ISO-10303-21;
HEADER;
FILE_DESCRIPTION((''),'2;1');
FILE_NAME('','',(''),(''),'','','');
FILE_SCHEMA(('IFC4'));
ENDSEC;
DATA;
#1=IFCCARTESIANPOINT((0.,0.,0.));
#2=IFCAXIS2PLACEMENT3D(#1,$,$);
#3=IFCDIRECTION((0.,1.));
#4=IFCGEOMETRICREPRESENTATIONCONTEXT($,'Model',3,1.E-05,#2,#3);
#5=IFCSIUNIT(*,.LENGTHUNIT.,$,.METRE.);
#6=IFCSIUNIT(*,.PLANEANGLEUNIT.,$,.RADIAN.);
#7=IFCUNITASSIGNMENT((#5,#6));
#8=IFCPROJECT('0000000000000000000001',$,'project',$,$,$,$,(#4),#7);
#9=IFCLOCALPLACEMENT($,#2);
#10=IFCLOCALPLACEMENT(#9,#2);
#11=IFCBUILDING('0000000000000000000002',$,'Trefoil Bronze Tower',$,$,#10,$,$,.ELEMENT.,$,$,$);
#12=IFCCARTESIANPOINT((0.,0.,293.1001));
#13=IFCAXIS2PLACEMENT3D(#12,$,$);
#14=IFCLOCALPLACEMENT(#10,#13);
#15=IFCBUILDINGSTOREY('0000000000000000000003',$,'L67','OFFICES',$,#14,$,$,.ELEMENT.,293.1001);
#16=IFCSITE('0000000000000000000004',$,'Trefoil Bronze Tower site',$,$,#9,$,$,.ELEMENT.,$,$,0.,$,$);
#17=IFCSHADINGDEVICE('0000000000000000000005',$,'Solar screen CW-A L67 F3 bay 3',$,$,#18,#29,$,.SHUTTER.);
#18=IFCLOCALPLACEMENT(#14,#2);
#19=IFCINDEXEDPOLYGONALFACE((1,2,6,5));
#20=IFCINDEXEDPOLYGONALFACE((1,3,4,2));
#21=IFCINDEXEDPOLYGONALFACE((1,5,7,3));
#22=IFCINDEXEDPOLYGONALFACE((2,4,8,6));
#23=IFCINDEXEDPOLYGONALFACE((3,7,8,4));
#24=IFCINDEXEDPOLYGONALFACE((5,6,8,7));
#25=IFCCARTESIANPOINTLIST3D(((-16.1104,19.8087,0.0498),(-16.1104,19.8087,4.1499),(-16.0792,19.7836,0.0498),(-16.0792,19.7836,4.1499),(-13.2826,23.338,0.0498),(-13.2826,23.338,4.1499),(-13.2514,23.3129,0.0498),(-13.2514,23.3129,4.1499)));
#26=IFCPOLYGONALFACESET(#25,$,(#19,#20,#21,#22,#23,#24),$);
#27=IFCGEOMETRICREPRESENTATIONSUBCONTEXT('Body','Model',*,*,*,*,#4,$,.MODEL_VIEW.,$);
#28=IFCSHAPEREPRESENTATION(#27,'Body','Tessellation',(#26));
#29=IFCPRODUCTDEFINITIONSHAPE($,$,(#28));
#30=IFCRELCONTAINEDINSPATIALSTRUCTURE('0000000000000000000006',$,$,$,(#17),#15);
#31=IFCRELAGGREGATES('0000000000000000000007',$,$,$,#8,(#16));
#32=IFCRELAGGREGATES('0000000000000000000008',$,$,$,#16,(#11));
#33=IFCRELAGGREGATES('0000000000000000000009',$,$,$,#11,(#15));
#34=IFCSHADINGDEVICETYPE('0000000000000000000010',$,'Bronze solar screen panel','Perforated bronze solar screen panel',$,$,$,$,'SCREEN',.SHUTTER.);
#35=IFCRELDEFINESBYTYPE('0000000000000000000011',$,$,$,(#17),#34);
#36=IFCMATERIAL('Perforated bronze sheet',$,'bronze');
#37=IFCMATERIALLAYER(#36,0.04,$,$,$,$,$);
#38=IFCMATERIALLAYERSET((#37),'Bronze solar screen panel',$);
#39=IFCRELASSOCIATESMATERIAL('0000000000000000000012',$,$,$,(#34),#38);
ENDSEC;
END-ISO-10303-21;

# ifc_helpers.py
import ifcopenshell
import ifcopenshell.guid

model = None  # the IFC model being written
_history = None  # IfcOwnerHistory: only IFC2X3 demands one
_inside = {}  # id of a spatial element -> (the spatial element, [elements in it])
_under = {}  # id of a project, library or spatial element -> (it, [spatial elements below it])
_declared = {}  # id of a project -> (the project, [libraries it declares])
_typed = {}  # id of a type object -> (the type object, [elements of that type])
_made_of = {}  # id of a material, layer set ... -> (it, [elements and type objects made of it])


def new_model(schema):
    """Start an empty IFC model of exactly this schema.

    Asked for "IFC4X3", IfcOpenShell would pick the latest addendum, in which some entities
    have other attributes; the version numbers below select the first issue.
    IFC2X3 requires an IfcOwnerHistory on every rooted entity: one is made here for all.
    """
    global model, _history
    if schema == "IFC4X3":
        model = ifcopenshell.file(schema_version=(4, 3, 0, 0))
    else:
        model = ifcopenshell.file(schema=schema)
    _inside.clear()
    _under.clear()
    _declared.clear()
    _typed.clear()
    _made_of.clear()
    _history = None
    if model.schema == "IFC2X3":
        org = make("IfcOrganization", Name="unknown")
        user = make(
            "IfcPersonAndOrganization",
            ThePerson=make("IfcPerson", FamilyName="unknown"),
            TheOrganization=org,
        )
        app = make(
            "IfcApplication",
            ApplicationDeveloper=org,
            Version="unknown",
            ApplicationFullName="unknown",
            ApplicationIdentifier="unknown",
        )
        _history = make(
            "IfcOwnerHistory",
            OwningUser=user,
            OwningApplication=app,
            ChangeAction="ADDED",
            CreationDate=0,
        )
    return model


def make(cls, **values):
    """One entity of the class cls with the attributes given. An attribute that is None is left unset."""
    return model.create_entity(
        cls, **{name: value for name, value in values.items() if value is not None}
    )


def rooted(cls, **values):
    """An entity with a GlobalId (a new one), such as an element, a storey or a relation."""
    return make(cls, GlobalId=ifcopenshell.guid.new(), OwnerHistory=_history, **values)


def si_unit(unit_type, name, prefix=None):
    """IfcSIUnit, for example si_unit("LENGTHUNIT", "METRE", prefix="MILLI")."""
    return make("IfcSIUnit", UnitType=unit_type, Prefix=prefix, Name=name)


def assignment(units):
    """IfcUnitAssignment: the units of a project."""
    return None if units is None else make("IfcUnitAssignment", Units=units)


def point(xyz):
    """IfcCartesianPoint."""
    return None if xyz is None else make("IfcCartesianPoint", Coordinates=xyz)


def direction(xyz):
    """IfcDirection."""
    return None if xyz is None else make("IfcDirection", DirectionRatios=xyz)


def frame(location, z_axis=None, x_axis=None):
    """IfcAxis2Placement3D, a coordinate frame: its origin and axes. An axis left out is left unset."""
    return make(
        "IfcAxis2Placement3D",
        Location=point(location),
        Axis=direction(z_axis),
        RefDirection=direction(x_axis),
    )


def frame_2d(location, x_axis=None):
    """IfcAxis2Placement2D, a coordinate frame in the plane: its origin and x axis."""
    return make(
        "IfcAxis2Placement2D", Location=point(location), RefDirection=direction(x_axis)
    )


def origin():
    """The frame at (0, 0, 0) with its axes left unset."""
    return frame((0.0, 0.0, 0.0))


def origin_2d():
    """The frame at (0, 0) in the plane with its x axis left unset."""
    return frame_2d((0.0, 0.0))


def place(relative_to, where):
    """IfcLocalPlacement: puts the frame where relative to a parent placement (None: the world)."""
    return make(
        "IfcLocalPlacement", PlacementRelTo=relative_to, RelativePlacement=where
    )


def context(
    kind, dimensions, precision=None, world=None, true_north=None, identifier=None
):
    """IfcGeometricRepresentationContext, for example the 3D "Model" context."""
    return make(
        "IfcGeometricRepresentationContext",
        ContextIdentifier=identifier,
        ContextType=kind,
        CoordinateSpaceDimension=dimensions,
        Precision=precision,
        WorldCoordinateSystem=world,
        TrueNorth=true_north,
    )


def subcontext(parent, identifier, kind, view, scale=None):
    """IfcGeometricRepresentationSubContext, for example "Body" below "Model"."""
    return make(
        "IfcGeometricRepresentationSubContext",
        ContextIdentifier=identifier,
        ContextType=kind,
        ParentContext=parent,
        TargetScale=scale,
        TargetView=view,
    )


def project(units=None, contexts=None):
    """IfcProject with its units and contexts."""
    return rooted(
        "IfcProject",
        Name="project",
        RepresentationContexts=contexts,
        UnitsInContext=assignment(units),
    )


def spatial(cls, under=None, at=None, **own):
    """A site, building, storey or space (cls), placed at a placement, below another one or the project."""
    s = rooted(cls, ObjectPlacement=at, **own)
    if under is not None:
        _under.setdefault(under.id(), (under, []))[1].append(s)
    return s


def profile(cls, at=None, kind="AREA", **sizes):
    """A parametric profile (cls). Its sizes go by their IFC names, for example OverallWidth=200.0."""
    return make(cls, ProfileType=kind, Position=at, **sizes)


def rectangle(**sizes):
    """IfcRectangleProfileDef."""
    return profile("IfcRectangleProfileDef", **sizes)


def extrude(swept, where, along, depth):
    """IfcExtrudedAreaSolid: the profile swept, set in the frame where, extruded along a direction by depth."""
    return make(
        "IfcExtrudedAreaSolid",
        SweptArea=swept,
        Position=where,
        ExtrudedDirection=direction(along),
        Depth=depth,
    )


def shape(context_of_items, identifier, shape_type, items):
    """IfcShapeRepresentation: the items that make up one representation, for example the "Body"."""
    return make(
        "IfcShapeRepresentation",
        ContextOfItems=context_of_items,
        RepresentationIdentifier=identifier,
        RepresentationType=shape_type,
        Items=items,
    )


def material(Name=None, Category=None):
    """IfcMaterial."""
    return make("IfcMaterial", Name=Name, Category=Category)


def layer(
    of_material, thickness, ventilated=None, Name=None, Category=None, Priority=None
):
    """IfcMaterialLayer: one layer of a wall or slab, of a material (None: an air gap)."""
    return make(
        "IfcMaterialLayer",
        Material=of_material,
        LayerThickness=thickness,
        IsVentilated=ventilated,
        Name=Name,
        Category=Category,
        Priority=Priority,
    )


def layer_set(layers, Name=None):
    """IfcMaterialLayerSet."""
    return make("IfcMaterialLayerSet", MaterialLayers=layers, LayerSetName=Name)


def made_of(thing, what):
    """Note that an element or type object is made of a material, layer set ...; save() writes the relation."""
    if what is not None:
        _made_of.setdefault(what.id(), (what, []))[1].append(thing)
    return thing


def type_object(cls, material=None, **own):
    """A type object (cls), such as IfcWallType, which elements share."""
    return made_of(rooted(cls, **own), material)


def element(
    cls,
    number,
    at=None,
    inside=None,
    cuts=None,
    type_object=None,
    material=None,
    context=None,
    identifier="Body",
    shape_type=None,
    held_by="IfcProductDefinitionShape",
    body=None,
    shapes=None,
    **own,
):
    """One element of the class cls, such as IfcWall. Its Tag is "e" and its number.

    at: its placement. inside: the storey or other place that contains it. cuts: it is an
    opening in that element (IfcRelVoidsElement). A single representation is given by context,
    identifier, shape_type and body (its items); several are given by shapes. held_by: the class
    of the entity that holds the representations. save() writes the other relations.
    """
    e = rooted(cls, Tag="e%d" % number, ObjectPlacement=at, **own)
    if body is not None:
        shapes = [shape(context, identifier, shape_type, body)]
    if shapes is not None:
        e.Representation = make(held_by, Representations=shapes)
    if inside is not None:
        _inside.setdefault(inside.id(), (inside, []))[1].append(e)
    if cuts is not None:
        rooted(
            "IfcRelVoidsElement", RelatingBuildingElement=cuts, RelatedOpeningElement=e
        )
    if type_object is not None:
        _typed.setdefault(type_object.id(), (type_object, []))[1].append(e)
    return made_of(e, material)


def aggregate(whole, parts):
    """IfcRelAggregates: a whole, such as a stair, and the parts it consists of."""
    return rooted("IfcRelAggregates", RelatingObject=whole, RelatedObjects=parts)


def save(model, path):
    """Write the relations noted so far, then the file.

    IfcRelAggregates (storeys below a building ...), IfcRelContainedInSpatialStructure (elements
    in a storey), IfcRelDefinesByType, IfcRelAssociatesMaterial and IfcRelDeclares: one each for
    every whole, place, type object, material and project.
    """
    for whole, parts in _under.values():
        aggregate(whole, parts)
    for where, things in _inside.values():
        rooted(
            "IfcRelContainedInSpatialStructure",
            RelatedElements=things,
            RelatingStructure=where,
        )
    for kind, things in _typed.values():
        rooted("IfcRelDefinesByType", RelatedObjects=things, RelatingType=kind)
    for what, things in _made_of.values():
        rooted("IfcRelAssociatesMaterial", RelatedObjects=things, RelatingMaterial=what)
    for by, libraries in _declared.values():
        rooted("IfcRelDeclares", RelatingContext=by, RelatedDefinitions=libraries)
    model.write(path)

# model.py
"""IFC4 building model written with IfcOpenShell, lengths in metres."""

from ifc_helpers import new_model, si_unit, direction, frame, origin, origin_2d, place, context, subcontext, project, spatial, rectangle, extrude, material, layer, layer_set, type_object, element, save


model = new_model("IFC4")

# Units and contexts
model_context = context("Model", 3, precision=1e-05, world=origin(), true_north=direction((0.0, 1.0)))
body_context = subcontext(model_context, "Body", "Model", "MODEL_VIEW")
ifc_project = project(units=[si_unit("LENGTHUNIT", "METRE"), si_unit("PLANEANGLEUNIT", "RADIAN")], contexts=[model_context])

# Site, building, storey
site_placement = place(None, origin())
site = spatial("IfcSite", under=ifc_project, at=site_placement, Name="Trefoil Bronze Tower site", CompositionType="ELEMENT", RefElevation=0.0)
building_placement = place(site_placement, origin())
building = spatial("IfcBuilding", under=site, at=building_placement, Name="Trefoil Bronze Tower", CompositionType="ELEMENT")
storey_placement = place(building_placement, frame((0.0, 0.0, 293.1001)))
storey = spatial("IfcBuildingStorey", under=building, at=storey_placement, Name="L67", Description="OFFICES", CompositionType="ELEMENT", Elevation=293.1001)

# Shading device
ifc_material_1 = material(Name="Perforated bronze sheet", Category="bronze")
ifc_layer_1 = layer(ifc_material_1, 0.04)
ifc_layer_set_1 = layer_set([ifc_layer_1], Name="Bronze solar screen panel")
shading_device_type = type_object("IfcShadingDeviceType", Name="Bronze solar screen panel", Description="Perforated bronze solar screen panel", ElementType="SCREEN", PredefinedType="SHUTTER", material=ifc_layer_set_1)
shading_device_1_placement = place(storey_placement, frame((-14.6809, 21.5608, 0.0498), z_axis=(0.0, 0.0, 1.0), x_axis=(-0.625287, -0.780395, 0.0)))
element("IfcShadingDevice", 1, at=shading_device_1_placement, inside=storey, type_object=shading_device_type, Name="Solar screen CW-A L67 F3 bay 3", PredefinedType="SHUTTER", context=body_context, shape_type="SweptSolid", body=[
    extrude(rectangle(XDim=4.5225, YDim=0.04, at=origin_2d()), origin(), (0.0, 0.0, 1.0), 4.1001),
])

save(model, "model.ifc")
